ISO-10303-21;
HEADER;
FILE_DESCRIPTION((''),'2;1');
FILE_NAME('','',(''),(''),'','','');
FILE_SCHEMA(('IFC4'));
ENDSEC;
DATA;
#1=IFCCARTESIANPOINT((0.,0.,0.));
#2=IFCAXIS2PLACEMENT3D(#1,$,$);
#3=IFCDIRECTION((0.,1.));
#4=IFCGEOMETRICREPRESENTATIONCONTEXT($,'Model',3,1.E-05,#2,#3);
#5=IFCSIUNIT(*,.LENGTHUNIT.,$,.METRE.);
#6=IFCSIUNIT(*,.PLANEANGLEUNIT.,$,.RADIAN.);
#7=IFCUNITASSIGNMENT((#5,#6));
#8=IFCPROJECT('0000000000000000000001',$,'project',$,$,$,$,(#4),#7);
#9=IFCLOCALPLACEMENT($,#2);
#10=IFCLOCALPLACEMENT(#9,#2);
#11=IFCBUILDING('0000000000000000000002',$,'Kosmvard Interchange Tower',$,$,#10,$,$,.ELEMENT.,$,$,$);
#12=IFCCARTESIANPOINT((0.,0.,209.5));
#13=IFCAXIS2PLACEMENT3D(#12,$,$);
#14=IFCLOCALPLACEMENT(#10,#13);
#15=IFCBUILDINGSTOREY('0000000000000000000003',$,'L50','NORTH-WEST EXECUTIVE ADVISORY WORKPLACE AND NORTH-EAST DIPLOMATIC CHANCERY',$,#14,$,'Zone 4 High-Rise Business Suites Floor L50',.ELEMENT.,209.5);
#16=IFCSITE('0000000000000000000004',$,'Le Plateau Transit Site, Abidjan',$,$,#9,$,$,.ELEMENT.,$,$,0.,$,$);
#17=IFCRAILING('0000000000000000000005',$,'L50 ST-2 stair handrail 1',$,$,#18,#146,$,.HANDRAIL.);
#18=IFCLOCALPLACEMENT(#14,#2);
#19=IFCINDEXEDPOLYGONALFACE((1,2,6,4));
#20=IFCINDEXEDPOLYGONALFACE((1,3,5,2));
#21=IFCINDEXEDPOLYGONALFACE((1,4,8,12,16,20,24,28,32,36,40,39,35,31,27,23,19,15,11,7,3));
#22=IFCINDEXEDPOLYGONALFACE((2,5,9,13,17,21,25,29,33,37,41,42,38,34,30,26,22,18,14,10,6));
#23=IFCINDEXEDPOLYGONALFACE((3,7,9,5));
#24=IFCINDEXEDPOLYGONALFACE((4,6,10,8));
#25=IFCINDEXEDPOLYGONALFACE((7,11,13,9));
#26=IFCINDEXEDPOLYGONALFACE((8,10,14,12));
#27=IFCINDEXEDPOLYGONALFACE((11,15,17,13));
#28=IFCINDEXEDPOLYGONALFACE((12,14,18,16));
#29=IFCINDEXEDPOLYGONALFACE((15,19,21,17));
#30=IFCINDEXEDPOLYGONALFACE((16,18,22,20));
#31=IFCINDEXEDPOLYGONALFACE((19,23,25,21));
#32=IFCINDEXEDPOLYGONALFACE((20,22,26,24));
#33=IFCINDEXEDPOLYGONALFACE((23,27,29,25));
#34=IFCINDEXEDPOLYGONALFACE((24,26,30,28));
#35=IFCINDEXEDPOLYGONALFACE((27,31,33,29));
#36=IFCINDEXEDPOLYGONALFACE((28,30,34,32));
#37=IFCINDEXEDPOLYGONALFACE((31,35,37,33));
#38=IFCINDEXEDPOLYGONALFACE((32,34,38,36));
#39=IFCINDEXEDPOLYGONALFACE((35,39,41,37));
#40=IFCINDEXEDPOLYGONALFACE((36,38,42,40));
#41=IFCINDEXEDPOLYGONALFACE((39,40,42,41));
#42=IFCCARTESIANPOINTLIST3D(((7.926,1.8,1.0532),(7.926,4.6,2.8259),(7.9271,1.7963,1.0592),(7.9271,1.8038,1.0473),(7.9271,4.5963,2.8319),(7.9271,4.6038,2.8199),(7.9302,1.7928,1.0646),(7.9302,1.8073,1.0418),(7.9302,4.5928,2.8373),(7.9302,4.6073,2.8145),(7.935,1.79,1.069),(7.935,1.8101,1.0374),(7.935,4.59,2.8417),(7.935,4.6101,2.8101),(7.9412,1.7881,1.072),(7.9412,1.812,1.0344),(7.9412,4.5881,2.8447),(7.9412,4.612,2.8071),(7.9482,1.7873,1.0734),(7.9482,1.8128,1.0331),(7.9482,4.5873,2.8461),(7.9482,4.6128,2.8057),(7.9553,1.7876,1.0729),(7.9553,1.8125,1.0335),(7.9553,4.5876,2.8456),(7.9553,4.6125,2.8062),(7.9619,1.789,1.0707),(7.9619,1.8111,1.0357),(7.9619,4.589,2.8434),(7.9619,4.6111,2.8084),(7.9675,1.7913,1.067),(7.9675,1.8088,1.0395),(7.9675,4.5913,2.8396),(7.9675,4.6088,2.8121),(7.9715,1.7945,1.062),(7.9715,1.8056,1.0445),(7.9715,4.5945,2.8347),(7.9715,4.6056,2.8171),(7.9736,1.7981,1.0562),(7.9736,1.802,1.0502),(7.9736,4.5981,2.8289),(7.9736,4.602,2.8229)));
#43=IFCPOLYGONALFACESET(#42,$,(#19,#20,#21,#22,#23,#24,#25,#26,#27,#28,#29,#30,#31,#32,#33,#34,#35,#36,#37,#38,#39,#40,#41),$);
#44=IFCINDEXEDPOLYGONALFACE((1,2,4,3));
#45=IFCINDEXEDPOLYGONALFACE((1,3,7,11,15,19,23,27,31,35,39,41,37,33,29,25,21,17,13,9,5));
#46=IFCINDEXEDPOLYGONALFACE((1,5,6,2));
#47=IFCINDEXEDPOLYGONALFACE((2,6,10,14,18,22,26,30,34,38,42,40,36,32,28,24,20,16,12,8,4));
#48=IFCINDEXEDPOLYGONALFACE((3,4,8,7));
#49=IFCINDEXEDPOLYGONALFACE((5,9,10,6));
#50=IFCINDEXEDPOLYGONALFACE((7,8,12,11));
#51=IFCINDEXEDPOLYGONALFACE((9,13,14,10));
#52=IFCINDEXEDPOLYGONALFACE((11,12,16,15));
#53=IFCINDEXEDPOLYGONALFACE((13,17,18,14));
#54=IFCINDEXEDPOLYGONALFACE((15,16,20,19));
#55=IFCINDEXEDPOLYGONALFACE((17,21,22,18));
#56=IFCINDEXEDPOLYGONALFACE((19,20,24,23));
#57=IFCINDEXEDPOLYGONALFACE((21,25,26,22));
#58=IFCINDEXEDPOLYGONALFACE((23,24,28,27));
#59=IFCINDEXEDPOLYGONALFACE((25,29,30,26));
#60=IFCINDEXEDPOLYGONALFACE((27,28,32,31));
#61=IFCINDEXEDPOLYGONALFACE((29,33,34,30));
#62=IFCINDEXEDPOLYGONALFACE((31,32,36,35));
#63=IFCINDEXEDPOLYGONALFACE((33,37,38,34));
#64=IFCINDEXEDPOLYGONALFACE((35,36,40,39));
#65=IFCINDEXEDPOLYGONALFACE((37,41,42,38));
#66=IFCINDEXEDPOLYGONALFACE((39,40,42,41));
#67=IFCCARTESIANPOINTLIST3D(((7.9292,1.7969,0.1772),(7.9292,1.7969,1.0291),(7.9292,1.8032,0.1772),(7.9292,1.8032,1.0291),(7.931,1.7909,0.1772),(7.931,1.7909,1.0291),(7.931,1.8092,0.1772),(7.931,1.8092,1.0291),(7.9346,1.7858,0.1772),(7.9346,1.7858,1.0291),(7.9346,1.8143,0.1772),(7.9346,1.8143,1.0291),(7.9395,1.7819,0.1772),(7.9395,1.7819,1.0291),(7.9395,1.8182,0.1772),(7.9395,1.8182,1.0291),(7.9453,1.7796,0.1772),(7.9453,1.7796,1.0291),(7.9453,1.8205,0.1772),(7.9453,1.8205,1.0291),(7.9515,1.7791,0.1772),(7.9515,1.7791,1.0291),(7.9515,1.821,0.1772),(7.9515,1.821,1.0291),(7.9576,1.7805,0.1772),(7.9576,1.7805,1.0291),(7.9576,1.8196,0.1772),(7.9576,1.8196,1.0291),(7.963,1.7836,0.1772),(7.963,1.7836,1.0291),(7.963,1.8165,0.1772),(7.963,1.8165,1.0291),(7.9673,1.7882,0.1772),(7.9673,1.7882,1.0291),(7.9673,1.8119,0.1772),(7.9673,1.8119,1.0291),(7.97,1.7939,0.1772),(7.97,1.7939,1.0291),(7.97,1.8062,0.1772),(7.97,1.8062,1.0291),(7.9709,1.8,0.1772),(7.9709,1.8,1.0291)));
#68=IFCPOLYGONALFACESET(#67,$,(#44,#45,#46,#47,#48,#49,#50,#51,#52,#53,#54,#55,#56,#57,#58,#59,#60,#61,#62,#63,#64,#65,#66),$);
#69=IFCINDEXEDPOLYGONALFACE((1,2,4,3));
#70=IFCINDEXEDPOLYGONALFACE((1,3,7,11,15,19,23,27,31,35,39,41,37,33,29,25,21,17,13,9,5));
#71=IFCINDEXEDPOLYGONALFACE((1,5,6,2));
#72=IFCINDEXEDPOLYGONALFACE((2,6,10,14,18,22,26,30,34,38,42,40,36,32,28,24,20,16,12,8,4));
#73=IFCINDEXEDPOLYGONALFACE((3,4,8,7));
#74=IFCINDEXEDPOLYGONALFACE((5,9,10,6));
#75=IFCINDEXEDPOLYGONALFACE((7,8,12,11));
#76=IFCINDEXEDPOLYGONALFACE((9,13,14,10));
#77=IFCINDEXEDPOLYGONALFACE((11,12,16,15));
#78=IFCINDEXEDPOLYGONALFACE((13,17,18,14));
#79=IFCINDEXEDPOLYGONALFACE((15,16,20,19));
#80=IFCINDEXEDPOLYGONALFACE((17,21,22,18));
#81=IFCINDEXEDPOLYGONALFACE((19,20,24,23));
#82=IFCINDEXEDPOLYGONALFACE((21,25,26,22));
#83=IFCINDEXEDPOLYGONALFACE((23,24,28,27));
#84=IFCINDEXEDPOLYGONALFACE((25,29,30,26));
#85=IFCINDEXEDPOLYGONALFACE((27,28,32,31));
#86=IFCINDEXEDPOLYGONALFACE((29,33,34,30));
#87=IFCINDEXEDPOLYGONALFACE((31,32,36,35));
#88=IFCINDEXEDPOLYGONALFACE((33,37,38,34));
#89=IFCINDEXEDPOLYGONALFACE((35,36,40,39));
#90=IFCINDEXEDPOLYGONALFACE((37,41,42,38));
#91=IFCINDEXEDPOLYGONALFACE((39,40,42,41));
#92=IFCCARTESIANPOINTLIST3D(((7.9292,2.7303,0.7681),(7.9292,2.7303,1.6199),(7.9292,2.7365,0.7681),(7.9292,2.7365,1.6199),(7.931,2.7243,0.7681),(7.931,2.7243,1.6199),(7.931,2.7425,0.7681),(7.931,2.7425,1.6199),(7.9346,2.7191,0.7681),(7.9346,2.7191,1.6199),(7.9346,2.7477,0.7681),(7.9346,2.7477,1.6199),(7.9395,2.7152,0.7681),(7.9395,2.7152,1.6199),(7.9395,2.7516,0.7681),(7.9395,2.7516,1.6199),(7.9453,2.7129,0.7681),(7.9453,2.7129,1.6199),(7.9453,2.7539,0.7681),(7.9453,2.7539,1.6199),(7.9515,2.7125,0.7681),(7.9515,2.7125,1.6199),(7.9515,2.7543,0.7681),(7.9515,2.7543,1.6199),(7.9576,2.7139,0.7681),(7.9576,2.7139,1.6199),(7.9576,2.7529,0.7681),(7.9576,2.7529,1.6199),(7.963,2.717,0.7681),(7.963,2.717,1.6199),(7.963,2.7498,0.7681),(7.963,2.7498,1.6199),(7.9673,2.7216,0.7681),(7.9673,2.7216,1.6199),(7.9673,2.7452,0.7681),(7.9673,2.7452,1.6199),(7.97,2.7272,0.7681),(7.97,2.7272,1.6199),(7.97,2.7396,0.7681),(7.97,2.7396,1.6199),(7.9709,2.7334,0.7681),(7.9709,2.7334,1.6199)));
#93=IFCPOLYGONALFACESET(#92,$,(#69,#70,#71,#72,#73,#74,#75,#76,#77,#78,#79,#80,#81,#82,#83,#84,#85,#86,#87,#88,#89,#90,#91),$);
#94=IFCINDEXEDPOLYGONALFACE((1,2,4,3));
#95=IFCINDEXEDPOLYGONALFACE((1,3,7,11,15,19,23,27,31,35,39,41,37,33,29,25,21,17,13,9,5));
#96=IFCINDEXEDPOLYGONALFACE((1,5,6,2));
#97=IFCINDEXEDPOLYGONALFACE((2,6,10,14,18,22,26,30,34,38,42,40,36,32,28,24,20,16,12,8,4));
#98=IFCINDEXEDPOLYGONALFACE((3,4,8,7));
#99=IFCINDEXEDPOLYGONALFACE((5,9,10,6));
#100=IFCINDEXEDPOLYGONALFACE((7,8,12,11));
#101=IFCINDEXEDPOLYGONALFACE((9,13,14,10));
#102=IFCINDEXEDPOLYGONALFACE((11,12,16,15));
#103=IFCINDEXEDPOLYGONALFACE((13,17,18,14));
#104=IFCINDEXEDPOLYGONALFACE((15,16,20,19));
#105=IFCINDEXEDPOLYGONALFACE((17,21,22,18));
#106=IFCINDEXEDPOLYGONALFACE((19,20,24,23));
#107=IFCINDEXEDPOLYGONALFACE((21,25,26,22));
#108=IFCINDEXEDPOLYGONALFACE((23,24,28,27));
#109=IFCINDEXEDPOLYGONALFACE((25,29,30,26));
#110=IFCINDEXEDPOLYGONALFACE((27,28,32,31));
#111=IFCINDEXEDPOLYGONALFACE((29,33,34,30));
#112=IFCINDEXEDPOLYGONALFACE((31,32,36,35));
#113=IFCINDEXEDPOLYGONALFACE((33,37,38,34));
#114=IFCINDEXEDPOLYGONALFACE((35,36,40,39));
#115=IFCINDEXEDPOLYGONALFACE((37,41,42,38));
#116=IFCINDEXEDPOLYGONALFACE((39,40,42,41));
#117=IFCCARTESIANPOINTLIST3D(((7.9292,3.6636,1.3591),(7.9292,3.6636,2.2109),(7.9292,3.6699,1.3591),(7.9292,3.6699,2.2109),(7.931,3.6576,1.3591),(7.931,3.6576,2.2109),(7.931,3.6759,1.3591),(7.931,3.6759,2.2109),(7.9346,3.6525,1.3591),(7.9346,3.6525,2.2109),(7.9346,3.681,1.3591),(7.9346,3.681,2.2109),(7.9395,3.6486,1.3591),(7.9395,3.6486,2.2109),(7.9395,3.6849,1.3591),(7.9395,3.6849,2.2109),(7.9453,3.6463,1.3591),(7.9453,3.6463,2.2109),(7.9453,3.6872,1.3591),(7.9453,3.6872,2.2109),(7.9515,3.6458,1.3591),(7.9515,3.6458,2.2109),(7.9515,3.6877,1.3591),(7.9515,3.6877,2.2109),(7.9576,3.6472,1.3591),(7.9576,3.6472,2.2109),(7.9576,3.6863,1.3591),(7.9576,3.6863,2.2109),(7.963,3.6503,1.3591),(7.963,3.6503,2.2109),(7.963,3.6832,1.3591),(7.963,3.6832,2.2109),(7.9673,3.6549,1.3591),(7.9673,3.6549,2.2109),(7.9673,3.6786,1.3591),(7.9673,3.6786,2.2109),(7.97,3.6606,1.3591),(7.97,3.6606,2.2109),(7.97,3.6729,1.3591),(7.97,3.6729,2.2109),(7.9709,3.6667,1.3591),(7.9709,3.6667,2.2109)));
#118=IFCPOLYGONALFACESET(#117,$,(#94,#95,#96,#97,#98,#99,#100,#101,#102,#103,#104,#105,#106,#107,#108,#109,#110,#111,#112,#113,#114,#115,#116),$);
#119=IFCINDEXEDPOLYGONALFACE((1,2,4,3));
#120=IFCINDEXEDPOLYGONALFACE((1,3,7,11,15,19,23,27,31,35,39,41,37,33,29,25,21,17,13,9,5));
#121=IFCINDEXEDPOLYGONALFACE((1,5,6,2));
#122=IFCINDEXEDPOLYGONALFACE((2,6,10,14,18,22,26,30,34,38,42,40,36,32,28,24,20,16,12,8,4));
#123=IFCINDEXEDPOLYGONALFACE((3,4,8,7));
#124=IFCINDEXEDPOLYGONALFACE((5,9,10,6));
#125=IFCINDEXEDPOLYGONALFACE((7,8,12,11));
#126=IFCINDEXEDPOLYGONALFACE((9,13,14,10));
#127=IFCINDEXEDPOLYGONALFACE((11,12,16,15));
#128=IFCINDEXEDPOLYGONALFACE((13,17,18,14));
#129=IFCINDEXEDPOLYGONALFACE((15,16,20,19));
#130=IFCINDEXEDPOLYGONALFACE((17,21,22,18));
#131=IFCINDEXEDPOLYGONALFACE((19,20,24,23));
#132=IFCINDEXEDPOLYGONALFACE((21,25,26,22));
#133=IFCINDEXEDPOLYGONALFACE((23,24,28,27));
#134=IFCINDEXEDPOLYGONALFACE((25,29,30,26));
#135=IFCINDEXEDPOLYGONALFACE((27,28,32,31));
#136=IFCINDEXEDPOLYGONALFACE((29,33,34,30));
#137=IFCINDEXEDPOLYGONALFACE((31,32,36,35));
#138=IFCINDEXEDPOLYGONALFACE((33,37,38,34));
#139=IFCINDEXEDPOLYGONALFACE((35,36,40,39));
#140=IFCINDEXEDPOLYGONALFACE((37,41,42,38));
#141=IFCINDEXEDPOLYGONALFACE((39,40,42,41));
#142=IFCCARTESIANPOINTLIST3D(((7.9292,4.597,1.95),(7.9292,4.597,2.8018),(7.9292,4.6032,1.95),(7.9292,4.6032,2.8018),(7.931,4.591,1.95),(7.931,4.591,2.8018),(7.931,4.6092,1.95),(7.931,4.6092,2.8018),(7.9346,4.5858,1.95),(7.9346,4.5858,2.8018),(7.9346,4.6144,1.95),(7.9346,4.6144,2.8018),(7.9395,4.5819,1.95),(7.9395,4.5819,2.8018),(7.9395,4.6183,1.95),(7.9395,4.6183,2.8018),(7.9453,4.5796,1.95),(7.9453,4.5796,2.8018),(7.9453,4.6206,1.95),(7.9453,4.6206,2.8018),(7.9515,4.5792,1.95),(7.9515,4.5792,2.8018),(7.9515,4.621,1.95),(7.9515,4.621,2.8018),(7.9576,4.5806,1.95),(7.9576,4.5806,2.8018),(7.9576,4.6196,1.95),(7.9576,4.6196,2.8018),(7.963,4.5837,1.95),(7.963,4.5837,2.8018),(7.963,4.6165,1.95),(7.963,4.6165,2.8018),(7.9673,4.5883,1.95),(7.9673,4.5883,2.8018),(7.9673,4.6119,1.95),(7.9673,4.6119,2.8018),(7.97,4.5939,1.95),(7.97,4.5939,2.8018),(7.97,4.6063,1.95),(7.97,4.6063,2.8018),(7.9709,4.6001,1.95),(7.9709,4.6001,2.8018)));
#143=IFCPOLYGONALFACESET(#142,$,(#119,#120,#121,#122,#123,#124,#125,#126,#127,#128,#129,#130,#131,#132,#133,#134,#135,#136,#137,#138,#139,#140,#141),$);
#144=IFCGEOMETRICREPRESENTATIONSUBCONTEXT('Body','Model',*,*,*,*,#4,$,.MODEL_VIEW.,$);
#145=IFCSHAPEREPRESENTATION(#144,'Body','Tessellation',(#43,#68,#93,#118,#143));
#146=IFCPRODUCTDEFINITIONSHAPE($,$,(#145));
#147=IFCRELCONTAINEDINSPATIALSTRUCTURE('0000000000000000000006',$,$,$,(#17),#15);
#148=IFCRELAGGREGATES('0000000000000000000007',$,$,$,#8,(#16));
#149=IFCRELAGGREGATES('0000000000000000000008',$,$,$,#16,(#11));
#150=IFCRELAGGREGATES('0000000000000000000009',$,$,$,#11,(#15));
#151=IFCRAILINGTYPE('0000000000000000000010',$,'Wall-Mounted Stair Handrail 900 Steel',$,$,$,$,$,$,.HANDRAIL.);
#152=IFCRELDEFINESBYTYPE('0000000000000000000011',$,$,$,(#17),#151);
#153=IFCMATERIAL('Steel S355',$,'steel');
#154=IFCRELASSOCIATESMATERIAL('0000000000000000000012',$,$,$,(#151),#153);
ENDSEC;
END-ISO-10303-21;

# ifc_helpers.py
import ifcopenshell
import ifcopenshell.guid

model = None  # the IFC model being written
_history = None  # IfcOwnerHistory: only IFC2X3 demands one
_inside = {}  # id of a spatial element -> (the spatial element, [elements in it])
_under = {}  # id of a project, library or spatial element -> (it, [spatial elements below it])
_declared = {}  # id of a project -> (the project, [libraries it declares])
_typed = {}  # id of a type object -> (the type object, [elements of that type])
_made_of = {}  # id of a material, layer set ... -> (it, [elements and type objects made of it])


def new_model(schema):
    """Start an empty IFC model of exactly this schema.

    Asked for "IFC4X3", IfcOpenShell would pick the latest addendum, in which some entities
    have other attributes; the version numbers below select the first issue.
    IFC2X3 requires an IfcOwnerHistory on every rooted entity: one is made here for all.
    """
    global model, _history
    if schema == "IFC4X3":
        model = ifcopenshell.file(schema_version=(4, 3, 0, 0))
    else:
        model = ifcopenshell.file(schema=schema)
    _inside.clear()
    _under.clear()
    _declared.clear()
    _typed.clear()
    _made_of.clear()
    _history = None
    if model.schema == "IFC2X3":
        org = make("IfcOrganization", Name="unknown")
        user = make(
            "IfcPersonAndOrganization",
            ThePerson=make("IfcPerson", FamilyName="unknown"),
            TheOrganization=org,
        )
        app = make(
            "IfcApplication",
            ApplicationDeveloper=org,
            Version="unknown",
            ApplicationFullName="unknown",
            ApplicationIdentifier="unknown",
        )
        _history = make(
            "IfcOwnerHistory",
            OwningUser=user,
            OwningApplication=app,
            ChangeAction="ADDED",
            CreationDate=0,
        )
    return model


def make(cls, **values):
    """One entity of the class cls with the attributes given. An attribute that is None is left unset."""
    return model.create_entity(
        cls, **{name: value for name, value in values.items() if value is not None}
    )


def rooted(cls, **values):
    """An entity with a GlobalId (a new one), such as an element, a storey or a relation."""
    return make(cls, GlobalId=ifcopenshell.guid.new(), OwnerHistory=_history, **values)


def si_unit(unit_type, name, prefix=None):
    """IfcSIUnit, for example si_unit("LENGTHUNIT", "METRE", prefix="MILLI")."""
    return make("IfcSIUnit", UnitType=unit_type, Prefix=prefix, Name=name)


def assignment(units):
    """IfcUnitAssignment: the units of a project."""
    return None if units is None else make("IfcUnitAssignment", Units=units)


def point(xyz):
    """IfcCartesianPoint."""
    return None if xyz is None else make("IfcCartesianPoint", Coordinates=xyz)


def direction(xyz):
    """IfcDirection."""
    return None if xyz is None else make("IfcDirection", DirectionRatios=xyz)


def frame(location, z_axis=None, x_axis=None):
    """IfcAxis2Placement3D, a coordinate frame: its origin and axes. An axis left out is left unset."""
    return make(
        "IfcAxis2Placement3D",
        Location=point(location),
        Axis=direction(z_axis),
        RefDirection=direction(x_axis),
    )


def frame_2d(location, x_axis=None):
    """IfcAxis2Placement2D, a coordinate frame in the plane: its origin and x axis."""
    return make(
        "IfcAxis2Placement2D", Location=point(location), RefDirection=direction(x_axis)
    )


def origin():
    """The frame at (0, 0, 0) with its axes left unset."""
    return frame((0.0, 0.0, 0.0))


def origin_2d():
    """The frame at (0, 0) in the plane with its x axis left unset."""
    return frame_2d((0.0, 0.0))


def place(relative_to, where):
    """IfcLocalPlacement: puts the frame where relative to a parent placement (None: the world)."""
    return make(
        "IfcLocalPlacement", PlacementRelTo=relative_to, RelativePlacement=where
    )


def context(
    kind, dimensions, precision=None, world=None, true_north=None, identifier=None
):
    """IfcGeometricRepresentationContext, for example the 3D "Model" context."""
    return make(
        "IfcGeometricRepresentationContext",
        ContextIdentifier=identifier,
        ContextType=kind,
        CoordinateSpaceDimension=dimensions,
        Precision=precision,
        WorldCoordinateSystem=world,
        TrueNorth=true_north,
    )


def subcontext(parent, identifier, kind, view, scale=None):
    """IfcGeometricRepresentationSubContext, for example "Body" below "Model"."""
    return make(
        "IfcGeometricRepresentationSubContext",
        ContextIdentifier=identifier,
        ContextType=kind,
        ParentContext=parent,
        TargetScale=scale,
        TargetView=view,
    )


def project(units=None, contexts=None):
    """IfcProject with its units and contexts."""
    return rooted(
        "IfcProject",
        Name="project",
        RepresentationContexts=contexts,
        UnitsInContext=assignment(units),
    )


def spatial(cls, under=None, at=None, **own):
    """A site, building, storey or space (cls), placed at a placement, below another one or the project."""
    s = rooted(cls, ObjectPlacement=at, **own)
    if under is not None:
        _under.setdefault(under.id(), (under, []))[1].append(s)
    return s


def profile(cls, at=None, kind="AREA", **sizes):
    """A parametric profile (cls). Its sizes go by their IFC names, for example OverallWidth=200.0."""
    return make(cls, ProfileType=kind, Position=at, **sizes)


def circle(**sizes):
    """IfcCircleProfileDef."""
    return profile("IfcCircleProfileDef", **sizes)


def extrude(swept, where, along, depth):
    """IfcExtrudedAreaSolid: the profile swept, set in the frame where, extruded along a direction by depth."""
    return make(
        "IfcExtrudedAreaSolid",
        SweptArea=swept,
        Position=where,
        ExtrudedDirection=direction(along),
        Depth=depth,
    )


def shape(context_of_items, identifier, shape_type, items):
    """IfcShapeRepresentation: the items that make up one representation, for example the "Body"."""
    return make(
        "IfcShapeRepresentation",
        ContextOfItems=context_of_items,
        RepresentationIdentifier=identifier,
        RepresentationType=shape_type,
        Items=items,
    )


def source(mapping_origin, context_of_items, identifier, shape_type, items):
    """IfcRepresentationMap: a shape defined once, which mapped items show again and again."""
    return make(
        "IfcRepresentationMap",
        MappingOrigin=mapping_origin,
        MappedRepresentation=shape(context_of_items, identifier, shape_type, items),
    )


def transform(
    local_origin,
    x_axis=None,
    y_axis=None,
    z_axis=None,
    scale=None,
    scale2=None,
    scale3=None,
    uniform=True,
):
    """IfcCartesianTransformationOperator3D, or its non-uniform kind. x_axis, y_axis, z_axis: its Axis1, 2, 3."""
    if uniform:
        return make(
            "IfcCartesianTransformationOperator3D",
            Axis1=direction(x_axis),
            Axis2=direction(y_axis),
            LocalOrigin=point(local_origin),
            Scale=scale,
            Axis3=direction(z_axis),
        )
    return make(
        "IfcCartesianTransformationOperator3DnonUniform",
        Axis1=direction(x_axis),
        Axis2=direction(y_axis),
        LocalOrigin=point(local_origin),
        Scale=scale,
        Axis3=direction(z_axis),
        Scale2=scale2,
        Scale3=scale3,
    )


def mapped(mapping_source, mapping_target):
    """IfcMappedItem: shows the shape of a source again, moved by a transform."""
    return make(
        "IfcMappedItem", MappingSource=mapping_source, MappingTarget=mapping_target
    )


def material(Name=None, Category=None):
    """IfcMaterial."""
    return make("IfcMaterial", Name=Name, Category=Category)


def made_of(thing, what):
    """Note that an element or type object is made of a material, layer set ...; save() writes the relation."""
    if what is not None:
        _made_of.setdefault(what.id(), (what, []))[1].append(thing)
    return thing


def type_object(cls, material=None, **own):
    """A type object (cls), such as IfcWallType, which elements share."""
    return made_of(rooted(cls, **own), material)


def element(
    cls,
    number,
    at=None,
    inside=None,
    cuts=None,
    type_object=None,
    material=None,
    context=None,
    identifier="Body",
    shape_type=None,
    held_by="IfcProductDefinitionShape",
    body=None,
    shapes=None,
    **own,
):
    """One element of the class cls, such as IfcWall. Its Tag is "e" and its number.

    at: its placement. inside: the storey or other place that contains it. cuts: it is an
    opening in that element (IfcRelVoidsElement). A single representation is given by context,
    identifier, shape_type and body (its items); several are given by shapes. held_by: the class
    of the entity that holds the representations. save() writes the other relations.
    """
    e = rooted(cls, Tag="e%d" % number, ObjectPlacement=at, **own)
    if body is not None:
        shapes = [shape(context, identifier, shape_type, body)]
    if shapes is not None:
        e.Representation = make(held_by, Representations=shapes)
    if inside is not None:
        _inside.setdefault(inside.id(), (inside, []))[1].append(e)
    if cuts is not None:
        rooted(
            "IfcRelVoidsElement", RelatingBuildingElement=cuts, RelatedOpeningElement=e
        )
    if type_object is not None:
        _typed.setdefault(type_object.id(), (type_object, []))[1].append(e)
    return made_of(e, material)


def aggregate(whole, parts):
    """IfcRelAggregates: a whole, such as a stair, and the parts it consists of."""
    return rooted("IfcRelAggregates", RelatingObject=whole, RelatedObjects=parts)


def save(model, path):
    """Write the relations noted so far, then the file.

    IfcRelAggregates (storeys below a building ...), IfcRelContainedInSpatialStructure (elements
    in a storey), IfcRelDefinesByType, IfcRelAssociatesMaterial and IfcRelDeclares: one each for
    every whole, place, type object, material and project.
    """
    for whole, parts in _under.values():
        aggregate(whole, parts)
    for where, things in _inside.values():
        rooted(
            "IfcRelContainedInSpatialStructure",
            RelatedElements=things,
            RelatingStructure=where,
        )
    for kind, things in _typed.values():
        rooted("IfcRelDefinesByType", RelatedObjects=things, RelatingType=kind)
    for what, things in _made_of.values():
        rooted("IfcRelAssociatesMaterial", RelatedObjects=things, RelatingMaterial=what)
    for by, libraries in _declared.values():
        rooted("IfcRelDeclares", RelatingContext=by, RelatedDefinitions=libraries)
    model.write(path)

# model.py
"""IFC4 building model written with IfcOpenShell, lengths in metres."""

from ifc_helpers import new_model, si_unit, direction, frame, origin, origin_2d, place, context, subcontext, project, spatial, circle, extrude, source, transform, mapped, material, type_object, element, save


model = new_model("IFC4")

# Units and contexts
model_context = context("Model", 3, precision=1e-05, world=origin(), true_north=direction((0.0, 1.0)))
body_context = subcontext(model_context, "Body", "Model", "MODEL_VIEW")
ifc_project = project(units=[si_unit("LENGTHUNIT", "METRE"), si_unit("PLANEANGLEUNIT", "RADIAN")], contexts=[model_context])

# Site, building, storey
site_placement = place(None, origin())
site = spatial("IfcSite", under=ifc_project, at=site_placement, Name="Le Plateau Transit Site, Abidjan", CompositionType="ELEMENT", RefElevation=0.0)
building_placement = place(site_placement, origin())
building = spatial("IfcBuilding", under=site, at=building_placement, Name="Kosmvard Interchange Tower", CompositionType="ELEMENT")
storey_placement = place(building_placement, frame((0.0, 0.0, 209.5)))
storey = spatial("IfcBuildingStorey", under=building, at=storey_placement, Name="L50", Description="NORTH-WEST EXECUTIVE ADVISORY WORKPLACE AND NORTH-EAST DIPLOMATIC CHANCERY", LongName="Zone 4 High-Rise Business Suites Floor L50", CompositionType="ELEMENT", Elevation=209.5)

# Railing
ifc_material_1 = material(Name="Steel S355", Category="steel")
railing_type_1 = type_object("IfcRailingType", Name="Wall-Mounted Stair Handrail 900 Steel", PredefinedType="HANDRAIL", material=ifc_material_1)
shared_shape_1 = source(origin(), body_context, "Body", "SweptSolid", [
    extrude(circle(Radius=0.0239, at=origin_2d()), frame((0.0, 0.0, 0.876), z_axis=(0.0, 0.844909, 0.53491), x_axis=(-1.0, 0.0, 0.0)), (0.0, 0.0, 1.0), 3.314),
    extrude(circle(Radius=0.021, at=origin_2d()), origin(), (0.0, 0.0, 1.0), 0.8518),
    extrude(circle(Radius=0.021, at=origin_2d()), frame((0.0, 0.9333, 0.5908)), (0.0, 0.0, 1.0), 0.8518),
    extrude(circle(Radius=0.021, at=origin_2d()), frame((0.0, 1.8667, 1.1819)), (0.0, 0.0, 1.0), 0.8518),
    extrude(circle(Radius=0.021, at=origin_2d()), frame((0.0, 2.8, 1.7727)), (0.0, 0.0, 1.0), 0.8518),
])
railing_1_placement = place(storey_placement, frame((7.95, 1.8, 0.1772)))
element("IfcRailing", 1, at=railing_1_placement, inside=storey, type_object=railing_type_1, Name="L50 ST-2 stair handrail 1", PredefinedType="HANDRAIL", context=body_context, shape_type="MappedRepresentation", body=[
    mapped(shared_shape_1, transform((0.0, 0.0, 0.0), scale=1.0)),
])

save(model, "model.ifc")
